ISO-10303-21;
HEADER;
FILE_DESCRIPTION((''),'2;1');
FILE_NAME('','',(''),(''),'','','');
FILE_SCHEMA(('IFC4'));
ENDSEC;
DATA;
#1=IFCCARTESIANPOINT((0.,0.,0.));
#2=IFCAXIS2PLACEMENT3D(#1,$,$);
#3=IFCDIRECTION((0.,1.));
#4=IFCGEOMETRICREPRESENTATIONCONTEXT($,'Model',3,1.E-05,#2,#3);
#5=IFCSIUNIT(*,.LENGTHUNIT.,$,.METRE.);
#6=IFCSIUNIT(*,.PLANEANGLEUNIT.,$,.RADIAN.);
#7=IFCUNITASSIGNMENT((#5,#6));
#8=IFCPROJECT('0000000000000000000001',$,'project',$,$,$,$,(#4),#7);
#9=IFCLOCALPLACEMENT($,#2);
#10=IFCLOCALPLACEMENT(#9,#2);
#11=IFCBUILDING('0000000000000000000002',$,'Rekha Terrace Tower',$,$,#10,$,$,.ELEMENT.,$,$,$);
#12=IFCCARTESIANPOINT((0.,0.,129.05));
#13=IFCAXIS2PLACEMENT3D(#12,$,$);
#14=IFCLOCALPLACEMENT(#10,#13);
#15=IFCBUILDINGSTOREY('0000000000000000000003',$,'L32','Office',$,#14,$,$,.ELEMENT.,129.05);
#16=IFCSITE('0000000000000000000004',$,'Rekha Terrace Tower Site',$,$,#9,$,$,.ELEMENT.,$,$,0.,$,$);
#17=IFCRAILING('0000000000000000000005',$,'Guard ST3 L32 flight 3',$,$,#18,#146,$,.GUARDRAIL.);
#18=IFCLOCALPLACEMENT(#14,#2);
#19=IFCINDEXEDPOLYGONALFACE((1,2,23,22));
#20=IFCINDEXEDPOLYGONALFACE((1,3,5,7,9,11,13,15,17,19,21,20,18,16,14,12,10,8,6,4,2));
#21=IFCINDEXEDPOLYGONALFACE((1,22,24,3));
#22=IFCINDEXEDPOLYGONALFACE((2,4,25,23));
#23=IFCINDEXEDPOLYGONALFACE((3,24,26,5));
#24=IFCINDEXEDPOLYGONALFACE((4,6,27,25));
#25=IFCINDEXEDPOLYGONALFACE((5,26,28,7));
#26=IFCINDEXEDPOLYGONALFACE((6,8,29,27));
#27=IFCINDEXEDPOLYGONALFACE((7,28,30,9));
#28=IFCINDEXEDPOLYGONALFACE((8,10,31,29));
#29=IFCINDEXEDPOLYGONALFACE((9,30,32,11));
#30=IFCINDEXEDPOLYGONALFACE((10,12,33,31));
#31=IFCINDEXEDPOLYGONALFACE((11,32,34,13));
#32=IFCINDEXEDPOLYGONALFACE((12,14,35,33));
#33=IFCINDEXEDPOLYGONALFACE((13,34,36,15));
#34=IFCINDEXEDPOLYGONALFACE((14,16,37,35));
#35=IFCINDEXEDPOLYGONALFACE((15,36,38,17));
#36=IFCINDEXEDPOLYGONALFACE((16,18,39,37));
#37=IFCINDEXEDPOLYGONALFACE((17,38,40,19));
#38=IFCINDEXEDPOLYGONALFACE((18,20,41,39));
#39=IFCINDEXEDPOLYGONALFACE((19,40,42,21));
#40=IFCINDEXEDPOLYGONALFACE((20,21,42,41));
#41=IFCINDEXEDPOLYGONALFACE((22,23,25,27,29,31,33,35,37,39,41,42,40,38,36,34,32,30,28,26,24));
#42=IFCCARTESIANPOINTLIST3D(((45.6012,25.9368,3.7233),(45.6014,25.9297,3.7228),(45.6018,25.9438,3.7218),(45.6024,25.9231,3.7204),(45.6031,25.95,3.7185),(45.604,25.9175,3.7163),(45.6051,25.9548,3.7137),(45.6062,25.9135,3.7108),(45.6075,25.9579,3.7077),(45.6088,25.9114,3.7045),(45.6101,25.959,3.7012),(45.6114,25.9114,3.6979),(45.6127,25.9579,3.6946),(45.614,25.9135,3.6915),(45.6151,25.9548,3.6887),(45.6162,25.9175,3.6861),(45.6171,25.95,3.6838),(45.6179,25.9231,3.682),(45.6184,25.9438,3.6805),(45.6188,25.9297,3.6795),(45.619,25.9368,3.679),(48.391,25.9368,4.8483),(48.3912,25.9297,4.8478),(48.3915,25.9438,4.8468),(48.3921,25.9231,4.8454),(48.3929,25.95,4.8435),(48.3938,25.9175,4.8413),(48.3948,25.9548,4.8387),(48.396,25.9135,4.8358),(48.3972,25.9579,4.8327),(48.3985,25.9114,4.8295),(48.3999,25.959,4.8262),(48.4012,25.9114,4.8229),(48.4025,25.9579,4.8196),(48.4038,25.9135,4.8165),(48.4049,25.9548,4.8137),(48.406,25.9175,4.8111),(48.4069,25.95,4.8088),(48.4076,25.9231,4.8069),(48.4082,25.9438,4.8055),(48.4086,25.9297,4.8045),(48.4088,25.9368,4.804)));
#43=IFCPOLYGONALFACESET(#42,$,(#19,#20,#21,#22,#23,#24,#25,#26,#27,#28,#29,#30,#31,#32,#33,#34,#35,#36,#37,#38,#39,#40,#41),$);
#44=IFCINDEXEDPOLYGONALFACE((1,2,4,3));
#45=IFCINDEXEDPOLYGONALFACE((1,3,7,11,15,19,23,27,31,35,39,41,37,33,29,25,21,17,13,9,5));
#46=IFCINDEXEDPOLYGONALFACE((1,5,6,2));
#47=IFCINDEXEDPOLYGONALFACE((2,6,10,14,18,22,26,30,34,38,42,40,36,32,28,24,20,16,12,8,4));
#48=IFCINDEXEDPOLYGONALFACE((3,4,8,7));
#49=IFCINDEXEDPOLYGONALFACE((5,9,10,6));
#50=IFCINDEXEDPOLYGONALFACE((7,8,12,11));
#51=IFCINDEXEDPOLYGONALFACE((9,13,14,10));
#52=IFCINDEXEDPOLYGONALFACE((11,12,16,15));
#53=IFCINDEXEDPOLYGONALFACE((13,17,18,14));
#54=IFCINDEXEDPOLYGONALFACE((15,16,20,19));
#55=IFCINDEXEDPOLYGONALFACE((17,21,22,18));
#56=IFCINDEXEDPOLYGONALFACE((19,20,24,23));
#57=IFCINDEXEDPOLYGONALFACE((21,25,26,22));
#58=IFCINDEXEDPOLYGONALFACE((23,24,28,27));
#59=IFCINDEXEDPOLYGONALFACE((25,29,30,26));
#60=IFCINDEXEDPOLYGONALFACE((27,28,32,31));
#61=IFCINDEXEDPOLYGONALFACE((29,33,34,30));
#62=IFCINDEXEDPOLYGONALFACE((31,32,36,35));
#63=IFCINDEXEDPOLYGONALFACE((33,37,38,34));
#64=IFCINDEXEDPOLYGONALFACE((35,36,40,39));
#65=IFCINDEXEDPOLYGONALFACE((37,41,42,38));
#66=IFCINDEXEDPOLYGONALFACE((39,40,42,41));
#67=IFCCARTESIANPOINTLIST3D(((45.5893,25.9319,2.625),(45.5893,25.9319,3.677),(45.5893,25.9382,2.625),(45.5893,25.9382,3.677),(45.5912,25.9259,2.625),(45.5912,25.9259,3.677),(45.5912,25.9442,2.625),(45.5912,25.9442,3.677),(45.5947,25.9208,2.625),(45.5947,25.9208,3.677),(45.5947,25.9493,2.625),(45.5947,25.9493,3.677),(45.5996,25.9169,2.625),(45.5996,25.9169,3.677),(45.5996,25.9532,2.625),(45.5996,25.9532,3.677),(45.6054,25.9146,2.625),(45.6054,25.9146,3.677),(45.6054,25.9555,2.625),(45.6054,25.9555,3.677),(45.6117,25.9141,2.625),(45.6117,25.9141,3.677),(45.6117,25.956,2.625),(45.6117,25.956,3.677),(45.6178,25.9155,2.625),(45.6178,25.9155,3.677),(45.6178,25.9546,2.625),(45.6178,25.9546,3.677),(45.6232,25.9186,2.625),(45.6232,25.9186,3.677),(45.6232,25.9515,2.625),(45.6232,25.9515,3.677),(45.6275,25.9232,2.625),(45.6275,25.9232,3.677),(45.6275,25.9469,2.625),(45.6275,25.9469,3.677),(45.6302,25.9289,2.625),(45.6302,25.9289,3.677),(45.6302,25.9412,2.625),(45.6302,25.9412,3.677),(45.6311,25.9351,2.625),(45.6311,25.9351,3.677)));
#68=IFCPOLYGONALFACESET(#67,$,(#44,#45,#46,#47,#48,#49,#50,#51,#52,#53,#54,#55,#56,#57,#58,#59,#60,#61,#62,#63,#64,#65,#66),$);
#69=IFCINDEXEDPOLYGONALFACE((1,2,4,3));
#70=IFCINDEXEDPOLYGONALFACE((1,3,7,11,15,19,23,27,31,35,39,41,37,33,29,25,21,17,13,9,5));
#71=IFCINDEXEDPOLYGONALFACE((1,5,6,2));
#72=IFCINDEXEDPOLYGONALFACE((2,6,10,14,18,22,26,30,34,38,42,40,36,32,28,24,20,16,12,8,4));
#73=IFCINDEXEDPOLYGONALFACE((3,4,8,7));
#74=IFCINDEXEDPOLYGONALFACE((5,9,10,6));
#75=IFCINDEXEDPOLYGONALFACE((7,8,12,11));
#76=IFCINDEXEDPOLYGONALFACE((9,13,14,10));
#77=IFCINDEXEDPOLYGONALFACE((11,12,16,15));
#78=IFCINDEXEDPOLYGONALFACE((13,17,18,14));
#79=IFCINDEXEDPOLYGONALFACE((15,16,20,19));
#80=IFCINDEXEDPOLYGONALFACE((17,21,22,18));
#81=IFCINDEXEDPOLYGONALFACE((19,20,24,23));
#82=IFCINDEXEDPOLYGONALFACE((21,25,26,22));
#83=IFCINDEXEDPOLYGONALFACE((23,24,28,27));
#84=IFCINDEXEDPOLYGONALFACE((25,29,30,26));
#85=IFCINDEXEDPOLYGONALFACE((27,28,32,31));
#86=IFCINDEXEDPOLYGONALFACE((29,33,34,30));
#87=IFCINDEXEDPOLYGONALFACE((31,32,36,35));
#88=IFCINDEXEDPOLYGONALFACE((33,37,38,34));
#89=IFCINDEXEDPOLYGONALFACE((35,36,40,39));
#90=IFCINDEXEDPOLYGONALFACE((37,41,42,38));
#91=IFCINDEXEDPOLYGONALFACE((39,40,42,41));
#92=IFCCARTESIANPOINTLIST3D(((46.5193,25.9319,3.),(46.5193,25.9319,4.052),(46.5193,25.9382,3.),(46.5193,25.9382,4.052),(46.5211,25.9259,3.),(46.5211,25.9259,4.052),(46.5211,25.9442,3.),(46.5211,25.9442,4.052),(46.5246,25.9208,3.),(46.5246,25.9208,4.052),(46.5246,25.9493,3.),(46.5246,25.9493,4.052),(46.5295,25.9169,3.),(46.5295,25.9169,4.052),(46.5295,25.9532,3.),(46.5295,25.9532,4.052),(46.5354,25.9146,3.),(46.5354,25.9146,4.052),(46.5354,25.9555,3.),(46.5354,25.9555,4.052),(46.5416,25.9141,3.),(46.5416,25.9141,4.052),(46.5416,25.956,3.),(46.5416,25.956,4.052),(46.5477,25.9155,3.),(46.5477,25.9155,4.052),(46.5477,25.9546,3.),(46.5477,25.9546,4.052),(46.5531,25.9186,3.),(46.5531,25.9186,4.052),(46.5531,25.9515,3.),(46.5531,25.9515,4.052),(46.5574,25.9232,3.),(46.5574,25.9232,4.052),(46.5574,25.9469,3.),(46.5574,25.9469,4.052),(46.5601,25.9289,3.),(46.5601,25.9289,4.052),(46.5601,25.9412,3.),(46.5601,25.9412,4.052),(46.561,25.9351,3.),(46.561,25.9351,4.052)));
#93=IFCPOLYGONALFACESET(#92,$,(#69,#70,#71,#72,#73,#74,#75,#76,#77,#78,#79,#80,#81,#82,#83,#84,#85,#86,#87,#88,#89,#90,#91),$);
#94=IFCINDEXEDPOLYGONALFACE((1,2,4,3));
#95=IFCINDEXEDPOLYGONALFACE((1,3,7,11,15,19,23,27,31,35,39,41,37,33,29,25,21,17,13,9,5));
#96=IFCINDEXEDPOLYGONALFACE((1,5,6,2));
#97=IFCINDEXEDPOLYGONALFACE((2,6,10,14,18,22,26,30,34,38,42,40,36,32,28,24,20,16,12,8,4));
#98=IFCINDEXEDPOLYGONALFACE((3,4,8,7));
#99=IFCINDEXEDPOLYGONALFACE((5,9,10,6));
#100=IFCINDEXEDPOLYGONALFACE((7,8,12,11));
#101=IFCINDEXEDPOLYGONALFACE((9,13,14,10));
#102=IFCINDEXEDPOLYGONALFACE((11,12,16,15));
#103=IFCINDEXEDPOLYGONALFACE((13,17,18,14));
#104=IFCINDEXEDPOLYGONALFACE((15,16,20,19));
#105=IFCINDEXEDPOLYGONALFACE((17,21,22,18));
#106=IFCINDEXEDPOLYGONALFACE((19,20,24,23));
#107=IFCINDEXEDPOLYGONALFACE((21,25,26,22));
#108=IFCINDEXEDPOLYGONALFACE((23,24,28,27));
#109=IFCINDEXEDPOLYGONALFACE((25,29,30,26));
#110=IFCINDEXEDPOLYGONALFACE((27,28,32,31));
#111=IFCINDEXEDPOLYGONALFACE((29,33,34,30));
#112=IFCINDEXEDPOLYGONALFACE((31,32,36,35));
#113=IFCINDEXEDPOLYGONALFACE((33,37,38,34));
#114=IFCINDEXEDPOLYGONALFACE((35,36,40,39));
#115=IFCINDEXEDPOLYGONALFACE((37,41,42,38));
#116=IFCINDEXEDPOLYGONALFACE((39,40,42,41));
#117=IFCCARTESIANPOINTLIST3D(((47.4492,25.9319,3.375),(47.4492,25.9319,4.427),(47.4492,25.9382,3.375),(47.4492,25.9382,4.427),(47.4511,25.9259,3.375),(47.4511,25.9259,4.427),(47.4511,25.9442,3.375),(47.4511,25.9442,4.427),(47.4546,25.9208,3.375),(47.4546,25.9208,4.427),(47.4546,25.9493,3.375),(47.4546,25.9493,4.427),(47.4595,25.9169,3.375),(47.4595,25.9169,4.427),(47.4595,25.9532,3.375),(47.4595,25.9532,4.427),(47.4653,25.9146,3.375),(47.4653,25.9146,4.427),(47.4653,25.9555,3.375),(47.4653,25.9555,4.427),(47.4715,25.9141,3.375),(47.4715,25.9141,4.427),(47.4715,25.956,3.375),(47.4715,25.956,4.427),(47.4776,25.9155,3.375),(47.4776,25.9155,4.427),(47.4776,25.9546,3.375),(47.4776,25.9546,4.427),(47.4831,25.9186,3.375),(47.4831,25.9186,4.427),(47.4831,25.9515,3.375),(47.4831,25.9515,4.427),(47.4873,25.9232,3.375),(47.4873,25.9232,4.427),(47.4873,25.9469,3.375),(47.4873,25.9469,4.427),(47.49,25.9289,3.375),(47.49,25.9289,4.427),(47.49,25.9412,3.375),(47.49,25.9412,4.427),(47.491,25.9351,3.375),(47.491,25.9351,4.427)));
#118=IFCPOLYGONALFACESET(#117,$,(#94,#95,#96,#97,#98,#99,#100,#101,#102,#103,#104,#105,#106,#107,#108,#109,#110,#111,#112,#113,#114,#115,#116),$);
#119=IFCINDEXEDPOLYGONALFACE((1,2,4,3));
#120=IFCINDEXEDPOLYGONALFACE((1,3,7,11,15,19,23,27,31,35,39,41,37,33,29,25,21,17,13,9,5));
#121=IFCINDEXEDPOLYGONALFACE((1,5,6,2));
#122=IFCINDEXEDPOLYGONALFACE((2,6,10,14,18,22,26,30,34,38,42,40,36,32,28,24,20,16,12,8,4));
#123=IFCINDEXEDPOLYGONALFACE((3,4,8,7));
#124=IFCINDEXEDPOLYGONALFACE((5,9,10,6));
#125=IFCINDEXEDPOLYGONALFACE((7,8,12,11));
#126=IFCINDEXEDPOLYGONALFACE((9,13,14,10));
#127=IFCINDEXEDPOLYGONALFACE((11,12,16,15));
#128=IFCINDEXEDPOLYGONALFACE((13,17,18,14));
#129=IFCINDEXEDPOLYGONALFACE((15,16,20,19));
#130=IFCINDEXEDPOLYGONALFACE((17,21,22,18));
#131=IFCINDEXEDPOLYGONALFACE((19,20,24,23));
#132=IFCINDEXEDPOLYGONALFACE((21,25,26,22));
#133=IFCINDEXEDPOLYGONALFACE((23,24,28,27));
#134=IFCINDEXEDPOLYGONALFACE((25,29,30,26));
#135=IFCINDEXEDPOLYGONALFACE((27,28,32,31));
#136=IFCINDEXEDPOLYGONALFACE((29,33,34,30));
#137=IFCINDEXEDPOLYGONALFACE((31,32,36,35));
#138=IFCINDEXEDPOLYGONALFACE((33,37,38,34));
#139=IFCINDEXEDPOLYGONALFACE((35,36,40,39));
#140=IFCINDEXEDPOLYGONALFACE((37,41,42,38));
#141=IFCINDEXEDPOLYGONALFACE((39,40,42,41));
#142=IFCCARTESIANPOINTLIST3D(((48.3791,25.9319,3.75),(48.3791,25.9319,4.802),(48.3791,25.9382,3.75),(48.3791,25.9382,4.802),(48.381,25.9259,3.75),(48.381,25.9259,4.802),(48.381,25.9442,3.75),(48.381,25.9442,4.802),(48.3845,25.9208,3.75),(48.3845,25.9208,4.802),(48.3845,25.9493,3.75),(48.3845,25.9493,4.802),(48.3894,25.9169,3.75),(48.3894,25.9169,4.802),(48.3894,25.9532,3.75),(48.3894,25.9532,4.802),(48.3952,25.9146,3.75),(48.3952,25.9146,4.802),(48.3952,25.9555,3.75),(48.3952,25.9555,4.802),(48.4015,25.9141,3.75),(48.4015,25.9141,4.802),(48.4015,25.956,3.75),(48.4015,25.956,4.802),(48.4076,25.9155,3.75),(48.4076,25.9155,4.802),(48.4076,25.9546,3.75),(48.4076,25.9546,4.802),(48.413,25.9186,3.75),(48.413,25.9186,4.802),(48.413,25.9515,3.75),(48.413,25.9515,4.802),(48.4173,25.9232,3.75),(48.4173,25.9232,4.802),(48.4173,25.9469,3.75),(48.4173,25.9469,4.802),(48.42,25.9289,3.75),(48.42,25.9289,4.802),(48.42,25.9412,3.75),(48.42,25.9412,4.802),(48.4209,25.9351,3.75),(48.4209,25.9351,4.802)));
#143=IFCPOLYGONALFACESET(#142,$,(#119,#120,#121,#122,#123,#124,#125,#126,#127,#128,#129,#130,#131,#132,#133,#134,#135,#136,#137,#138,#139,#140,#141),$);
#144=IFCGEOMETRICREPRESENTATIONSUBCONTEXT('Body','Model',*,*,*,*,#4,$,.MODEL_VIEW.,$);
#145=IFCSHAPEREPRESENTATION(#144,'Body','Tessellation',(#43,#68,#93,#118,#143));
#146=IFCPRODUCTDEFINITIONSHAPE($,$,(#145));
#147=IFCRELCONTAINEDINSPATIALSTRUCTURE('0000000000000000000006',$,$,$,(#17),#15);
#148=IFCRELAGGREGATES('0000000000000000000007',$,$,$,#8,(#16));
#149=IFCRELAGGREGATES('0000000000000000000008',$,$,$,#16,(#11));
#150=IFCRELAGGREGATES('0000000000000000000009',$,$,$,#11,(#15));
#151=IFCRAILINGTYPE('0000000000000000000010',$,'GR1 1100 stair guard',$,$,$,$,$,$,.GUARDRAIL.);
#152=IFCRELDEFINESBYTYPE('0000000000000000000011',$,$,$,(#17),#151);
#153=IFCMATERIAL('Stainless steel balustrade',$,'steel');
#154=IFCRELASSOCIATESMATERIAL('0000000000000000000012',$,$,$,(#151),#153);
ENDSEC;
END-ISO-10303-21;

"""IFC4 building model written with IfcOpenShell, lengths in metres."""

from ifc_helpers import new_model, si_unit, direction, frame, origin, origin_2d, place, context, subcontext, project, spatial, circle, extrude, material, type_object, element, save


model = new_model("IFC4")

# Units and contexts
model_context = context("Model", 3, precision=1e-05, world=origin(), true_north=direction((0.0, 1.0)))
body_context = subcontext(model_context, "Body", "Model", "MODEL_VIEW")
ifc_project = project(units=[si_unit("LENGTHUNIT", "METRE"), si_unit("PLANEANGLEUNIT", "RADIAN")], contexts=[model_context])

# Site, building, storey
site_placement = place(None, origin())
site = spatial("IfcSite", under=ifc_project, at=site_placement, Name="Rekha Terrace Tower Site", CompositionType="ELEMENT", RefElevation=0.0)
building_placement = place(site_placement, origin())
building = spatial("IfcBuilding", under=site, at=building_placement, Name="Rekha Terrace Tower", CompositionType="ELEMENT")
storey_placement = place(building_placement, frame((0.0, 0.0, 129.05)))
storey = spatial("IfcBuildingStorey", under=building, at=storey_placement, Name="L32", Description="Office", CompositionType="ELEMENT", Elevation=129.05)

# Railing
ifc_material_1 = material(Name="Stainless steel balustrade", Category="steel")
railing_type_1 = type_object("IfcRailingType", Name="GR1 1100 stair guard", PredefinedType="GUARDRAIL", material=ifc_material_1)
railing_1_placement = place(storey_placement, frame((45.6101, 25.9351, 2.625)))
element("IfcRailing", 1, at=railing_1_placement, inside=storey, type_object=railing_type_1, Name="Guard ST3 L32 flight 3", PredefinedType="GUARDRAIL", context=body_context, shape_type="SweptSolid", body=[
    extrude(circle(Radius=0.0239, at=origin_2d()), frame((0.0, 0.0, 1.0762), z_axis=(0.927432, 0.0, 0.373992), x_axis=(0.0, 1.0, 0.0)), (0.0, 0.0, 1.0), 3.0081),
    extrude(circle(Radius=0.021, at=origin_2d()), origin(), (0.0, 0.0, 1.0), 1.052),
    extrude(circle(Radius=0.021, at=origin_2d()), frame((0.9299, 0.0, 0.375)), (0.0, 0.0, 1.0), 1.052),
    extrude(circle(Radius=0.021, at=origin_2d()), frame((1.8599, 0.0, 0.75)), (0.0, 0.0, 1.0), 1.052),
    extrude(circle(Radius=0.021, at=origin_2d()), frame((2.7898, 0.0, 1.125)), (0.0, 0.0, 1.0), 1.052),
])

save(model, "model.ifc")
